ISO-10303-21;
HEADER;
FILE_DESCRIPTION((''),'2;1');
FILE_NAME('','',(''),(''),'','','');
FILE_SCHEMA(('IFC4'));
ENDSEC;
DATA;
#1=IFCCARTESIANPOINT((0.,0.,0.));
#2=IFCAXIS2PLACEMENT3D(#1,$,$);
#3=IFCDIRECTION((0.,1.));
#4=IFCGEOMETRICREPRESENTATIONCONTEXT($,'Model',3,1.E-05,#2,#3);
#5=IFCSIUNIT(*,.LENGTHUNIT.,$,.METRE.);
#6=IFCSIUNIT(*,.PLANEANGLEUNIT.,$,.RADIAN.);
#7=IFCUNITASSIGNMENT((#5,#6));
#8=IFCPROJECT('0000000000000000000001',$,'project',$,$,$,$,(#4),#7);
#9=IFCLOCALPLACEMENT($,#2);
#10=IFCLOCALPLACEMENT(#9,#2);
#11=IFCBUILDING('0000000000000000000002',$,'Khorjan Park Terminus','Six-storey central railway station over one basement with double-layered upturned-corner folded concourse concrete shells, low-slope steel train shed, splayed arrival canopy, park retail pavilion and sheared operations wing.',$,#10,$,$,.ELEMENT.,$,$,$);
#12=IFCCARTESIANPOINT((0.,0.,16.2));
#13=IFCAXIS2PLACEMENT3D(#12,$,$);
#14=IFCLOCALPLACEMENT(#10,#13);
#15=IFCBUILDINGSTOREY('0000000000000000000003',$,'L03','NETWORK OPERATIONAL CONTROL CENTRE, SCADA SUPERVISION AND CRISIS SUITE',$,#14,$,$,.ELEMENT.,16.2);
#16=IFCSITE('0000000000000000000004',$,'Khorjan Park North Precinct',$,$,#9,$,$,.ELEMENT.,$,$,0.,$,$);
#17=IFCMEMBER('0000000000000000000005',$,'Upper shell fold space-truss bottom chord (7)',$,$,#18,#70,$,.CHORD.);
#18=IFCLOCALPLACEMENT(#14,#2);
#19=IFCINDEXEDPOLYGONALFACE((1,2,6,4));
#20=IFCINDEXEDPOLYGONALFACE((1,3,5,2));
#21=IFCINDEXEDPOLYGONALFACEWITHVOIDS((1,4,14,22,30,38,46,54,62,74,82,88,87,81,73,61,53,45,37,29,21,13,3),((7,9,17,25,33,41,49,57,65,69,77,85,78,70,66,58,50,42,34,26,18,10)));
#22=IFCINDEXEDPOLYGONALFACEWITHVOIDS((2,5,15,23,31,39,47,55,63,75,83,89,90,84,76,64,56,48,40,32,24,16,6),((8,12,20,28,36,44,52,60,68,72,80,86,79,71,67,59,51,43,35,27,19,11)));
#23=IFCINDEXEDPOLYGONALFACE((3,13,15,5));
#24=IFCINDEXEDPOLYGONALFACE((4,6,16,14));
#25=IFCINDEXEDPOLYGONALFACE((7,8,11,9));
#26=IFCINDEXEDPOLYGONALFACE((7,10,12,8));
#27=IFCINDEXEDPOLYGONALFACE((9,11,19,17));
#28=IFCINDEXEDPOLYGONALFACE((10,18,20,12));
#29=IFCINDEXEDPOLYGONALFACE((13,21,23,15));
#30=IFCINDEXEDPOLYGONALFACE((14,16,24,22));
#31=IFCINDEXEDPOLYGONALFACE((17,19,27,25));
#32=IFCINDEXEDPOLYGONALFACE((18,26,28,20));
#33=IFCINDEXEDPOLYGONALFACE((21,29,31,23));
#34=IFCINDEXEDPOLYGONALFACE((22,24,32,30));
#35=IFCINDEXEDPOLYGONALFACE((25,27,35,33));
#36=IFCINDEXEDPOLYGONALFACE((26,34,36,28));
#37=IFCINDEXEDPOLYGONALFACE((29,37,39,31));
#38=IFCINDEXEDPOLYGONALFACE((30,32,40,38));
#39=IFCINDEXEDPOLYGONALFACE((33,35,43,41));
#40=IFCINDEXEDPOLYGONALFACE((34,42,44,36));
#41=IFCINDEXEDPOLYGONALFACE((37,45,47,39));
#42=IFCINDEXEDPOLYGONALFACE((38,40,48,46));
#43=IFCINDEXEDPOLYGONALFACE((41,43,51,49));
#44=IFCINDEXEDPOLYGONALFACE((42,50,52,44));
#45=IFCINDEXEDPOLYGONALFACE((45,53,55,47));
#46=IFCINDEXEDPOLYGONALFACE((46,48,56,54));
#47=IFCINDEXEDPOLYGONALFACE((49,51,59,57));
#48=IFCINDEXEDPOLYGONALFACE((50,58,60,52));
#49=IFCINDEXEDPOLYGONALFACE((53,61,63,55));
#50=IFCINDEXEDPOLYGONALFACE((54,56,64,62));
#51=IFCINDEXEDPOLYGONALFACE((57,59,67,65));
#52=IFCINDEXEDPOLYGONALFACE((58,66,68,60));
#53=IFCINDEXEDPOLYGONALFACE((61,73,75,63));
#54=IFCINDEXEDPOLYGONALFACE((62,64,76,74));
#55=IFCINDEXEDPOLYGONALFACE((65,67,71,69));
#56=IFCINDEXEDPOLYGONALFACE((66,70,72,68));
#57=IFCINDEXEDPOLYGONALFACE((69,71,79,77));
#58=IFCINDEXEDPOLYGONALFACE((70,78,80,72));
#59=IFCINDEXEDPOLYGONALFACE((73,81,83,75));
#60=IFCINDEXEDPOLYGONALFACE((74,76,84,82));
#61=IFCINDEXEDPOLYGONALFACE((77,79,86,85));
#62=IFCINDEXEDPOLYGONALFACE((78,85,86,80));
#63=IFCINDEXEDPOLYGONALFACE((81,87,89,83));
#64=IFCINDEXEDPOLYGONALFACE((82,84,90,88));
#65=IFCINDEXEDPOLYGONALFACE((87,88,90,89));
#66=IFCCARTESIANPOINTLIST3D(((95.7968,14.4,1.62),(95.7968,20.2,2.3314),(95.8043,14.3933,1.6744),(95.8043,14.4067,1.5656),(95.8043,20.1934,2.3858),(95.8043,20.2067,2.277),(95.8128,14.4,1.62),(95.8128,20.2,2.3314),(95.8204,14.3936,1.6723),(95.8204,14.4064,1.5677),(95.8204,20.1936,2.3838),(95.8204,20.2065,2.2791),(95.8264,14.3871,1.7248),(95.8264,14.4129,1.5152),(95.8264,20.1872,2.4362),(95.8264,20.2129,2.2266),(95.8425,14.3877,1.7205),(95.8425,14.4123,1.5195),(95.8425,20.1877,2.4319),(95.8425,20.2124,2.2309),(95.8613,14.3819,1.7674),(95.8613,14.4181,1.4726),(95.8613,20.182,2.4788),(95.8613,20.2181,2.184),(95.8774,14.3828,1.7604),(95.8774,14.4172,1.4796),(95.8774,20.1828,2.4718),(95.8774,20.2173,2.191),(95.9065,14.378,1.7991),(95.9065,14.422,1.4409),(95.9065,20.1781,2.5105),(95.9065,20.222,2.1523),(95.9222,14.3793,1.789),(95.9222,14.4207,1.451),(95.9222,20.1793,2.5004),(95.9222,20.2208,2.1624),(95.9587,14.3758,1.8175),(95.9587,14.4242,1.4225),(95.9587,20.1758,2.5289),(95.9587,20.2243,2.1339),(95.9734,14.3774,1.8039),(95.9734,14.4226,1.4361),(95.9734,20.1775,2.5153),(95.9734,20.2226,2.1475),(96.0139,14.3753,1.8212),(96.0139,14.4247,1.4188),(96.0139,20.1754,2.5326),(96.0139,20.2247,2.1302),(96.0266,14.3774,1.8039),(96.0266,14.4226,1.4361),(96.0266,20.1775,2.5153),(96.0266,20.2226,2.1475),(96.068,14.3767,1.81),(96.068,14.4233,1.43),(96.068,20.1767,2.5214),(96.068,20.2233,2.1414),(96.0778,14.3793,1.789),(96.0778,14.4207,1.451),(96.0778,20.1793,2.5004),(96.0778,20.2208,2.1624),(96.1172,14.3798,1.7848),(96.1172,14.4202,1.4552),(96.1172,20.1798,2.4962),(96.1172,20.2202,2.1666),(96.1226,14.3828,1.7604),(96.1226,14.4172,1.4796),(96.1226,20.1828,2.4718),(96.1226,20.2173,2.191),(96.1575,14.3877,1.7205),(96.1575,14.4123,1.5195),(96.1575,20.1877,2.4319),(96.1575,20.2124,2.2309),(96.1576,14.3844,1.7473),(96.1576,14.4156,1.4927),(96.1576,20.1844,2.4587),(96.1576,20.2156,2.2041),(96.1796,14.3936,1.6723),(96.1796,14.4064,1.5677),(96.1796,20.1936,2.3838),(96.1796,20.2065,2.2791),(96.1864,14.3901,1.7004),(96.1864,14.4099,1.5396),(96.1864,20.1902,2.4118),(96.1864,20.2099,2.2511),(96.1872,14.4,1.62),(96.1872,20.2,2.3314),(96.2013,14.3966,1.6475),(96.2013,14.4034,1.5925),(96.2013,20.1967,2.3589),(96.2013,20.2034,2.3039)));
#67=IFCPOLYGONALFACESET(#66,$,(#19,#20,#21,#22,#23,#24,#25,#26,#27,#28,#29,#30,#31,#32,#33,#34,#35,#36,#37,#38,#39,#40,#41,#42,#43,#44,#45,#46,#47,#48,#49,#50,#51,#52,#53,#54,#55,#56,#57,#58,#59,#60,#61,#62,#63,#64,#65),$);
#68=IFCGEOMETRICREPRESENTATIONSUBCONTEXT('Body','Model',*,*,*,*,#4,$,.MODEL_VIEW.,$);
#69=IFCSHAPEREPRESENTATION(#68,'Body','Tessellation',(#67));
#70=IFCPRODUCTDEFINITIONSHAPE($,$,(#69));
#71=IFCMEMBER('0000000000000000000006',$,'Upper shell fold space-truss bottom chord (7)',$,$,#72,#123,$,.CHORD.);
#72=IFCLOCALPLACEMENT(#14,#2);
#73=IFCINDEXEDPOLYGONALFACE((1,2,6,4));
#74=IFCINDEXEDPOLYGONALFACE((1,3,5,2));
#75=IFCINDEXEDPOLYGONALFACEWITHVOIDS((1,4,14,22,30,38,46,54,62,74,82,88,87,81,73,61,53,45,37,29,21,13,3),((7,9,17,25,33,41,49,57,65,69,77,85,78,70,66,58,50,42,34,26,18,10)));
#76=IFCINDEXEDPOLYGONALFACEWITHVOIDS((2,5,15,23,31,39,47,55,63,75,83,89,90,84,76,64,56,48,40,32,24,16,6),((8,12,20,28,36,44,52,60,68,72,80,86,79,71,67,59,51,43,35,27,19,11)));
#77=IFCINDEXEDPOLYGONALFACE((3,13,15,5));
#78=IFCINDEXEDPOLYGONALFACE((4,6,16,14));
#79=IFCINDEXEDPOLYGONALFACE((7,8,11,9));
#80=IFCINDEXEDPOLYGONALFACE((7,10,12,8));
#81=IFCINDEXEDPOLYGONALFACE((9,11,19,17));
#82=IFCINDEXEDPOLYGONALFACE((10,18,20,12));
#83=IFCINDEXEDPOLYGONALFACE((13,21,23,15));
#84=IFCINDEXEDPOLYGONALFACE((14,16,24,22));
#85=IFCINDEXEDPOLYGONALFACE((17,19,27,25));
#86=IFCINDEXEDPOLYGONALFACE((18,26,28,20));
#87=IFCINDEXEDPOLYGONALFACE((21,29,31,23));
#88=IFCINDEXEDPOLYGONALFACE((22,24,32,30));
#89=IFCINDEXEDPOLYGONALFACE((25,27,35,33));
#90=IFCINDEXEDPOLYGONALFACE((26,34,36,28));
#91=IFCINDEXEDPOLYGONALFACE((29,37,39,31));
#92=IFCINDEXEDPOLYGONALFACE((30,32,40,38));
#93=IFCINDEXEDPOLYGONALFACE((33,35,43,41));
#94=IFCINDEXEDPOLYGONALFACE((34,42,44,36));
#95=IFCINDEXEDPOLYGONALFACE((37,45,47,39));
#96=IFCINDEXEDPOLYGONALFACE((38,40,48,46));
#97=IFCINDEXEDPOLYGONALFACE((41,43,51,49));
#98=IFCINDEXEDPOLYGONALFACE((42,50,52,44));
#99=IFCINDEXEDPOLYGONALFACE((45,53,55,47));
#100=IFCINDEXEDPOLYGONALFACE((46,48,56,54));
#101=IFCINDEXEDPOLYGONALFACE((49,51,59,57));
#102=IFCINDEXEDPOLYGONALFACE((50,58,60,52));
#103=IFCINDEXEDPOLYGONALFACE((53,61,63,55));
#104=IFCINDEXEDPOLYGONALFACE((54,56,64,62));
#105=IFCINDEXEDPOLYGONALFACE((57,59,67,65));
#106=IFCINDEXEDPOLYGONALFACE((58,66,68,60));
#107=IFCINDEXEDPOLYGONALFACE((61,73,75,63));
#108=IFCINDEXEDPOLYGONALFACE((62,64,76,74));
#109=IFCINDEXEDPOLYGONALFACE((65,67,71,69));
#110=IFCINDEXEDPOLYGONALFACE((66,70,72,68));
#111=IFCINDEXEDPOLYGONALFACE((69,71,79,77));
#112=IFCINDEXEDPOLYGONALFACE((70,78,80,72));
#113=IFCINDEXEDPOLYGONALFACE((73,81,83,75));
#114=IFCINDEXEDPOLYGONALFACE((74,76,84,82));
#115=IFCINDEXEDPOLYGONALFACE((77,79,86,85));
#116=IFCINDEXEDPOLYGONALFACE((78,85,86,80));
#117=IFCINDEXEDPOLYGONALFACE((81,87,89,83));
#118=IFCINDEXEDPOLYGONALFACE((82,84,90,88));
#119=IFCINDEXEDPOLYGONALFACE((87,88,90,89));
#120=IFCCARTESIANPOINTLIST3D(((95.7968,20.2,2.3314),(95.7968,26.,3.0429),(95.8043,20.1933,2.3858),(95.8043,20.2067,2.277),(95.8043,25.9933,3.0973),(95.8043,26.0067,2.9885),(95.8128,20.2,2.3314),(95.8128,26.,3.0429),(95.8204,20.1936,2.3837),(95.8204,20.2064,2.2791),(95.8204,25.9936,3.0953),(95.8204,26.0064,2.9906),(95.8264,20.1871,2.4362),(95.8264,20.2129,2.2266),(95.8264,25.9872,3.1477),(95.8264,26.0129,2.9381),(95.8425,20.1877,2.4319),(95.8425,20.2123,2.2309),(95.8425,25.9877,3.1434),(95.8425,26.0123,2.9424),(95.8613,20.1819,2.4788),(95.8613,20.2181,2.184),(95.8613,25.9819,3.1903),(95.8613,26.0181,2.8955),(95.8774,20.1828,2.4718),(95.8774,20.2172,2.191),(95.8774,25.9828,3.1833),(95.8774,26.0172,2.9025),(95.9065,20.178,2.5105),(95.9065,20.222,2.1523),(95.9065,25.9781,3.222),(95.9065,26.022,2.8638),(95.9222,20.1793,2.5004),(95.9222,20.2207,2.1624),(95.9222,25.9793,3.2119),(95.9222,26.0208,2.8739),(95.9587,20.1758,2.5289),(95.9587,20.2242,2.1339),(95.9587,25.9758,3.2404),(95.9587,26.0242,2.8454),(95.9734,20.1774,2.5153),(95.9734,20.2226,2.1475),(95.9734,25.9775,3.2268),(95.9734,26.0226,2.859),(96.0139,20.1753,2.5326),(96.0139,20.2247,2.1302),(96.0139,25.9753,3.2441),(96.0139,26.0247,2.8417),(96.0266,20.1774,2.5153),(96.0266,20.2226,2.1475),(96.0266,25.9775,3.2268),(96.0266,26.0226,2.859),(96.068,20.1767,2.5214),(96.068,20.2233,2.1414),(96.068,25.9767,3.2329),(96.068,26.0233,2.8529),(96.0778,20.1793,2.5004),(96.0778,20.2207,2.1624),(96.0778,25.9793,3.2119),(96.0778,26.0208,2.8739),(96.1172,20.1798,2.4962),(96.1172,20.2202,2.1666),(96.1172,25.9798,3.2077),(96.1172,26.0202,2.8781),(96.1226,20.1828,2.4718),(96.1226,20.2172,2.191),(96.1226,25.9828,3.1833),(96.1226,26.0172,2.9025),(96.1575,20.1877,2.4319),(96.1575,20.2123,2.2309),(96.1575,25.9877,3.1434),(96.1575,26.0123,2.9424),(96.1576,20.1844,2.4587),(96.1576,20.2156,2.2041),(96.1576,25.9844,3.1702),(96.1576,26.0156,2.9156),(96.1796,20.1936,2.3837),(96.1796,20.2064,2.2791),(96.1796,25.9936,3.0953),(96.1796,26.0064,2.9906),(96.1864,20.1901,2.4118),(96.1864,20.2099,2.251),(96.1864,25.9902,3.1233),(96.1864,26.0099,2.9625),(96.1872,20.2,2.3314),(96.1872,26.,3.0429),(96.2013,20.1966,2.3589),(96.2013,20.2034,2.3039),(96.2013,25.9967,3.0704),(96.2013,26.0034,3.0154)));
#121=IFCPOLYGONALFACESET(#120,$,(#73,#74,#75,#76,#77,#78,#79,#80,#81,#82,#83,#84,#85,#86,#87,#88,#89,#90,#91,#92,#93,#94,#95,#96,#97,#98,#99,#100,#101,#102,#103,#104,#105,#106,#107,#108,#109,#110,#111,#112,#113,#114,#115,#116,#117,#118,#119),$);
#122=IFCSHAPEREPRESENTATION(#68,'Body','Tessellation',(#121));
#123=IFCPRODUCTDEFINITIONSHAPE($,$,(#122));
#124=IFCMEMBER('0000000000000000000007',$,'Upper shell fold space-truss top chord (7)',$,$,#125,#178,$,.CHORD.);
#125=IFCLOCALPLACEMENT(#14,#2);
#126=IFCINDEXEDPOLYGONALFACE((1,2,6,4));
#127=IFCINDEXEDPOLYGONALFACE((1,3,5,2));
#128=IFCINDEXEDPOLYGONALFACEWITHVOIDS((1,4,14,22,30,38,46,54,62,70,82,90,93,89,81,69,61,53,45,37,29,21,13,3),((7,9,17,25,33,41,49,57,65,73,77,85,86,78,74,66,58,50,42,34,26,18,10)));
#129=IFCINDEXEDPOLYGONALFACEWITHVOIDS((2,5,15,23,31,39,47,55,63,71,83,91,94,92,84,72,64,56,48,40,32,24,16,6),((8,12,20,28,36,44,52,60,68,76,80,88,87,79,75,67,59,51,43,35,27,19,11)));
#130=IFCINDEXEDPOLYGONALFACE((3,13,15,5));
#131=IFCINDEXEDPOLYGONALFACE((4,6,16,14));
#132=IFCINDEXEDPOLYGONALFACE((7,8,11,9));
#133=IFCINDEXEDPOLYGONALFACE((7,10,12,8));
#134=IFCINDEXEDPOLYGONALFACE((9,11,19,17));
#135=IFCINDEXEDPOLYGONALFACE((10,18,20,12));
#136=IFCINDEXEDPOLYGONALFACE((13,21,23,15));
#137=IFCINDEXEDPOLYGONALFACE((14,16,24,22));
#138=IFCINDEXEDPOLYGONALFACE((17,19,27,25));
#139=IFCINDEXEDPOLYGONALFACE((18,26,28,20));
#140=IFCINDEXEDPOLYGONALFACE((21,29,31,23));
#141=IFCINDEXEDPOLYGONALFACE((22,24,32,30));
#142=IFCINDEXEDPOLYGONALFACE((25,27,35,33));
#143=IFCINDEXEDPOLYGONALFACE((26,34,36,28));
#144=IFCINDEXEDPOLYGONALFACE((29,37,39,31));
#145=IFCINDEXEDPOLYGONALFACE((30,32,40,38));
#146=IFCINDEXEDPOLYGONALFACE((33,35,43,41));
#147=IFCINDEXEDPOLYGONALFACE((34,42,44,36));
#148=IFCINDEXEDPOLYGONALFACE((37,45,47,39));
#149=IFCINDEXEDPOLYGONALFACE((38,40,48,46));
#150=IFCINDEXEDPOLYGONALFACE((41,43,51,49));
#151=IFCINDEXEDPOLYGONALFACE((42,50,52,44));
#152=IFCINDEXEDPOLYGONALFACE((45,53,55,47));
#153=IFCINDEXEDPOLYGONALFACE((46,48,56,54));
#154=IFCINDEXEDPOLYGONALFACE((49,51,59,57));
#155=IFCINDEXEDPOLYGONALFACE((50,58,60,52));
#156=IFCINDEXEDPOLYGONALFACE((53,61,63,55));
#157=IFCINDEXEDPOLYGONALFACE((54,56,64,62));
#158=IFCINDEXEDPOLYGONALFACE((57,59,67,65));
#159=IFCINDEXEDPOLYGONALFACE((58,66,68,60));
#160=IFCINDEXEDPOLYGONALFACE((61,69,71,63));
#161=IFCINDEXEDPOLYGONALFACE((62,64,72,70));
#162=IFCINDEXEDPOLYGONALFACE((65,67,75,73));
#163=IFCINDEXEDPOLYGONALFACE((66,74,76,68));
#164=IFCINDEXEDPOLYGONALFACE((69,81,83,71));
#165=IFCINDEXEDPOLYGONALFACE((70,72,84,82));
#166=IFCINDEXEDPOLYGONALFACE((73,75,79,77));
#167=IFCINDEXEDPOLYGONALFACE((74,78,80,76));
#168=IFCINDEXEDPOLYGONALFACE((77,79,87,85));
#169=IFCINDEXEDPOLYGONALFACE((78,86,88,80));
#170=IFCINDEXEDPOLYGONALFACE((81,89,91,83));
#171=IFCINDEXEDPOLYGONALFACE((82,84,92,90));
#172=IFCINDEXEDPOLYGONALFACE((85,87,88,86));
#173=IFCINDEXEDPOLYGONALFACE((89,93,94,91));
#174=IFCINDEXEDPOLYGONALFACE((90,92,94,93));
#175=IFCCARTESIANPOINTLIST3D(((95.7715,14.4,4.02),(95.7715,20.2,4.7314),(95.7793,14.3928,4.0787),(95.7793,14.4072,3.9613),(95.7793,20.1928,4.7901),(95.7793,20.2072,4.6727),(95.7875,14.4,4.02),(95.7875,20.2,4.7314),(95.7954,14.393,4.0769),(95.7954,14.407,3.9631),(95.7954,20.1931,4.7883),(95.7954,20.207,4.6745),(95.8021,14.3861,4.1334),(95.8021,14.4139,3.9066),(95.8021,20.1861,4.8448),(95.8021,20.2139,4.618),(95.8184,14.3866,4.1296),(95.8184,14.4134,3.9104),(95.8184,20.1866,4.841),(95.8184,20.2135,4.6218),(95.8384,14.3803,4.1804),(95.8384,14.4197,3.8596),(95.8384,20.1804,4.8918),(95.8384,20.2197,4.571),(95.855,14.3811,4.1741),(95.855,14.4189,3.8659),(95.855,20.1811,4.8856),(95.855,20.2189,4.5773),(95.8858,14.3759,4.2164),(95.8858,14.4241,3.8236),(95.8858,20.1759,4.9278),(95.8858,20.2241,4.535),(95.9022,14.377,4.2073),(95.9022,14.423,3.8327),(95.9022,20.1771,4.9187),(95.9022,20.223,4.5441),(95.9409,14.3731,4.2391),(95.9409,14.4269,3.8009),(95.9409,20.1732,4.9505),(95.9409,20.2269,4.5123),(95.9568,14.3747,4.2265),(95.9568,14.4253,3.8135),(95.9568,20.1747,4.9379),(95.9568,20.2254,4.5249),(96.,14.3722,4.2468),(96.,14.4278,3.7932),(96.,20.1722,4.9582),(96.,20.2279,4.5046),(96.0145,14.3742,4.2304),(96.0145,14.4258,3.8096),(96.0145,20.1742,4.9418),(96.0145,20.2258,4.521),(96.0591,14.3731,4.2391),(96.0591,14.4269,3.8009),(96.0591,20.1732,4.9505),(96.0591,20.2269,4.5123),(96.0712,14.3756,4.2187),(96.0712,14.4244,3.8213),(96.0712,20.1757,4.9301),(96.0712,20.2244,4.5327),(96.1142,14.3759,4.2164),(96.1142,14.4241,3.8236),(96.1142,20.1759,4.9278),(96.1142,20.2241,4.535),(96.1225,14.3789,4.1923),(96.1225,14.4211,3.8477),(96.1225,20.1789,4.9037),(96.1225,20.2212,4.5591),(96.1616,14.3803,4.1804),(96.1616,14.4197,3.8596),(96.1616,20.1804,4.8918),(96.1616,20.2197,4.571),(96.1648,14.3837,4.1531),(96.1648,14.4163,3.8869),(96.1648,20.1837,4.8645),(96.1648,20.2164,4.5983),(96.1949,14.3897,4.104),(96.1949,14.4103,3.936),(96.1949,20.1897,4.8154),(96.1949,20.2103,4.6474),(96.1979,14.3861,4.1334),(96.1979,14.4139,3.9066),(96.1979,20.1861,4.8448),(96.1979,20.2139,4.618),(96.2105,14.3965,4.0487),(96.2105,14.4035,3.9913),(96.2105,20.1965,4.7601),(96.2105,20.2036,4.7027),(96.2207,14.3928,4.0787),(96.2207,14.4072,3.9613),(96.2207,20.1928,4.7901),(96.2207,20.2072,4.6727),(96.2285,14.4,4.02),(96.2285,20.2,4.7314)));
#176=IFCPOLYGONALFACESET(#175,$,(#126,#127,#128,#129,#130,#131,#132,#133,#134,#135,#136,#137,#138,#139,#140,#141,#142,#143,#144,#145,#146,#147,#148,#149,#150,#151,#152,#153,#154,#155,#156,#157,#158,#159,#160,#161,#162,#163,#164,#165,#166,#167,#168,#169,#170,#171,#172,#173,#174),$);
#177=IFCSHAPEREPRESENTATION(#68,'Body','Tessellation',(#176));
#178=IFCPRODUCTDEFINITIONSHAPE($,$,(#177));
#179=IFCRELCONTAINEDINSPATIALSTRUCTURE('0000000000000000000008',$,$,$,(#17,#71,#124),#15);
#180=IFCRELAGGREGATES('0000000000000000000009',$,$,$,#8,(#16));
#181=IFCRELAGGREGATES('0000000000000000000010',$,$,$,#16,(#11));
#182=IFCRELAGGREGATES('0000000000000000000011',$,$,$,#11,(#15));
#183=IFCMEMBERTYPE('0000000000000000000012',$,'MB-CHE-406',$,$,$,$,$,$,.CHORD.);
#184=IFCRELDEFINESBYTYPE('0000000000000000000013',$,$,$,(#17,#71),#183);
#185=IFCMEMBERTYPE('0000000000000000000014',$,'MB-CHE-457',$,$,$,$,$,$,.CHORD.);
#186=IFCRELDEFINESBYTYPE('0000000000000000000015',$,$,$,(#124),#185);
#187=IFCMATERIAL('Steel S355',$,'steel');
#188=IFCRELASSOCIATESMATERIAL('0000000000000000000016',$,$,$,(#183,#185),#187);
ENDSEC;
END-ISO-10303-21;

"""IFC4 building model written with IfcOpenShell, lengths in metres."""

from ifc_helpers import new_model, si_unit, direction, frame, origin, origin_2d, place, context, subcontext, project, spatial, hollow_circle, extrude, material, material_profile, profile_set, type_object, element, save


model = new_model("IFC4")

# Units and contexts
model_context = context("Model", 3, precision=1e-05, world=origin(), true_north=direction((0.0, 1.0)))
body_context = subcontext(model_context, "Body", "Model", "MODEL_VIEW")
ifc_project = project(units=[si_unit("LENGTHUNIT", "METRE"), si_unit("PLANEANGLEUNIT", "RADIAN")], contexts=[model_context])

# Site, building, storey
site_placement = place(None, origin())
site = spatial("IfcSite", under=ifc_project, at=site_placement, Name="Khorjan Park North Precinct", CompositionType="ELEMENT", RefElevation=0.0)
building_placement = place(site_placement, origin())
building = spatial("IfcBuilding", under=site, at=building_placement, Name="Khorjan Park Terminus", Description="Six-storey central railway station over one basement with double-layered upturned-corner folded concourse concrete shells, low-slope steel train shed, splayed arrival canopy, park retail pavilion and sheared operations wing.", CompositionType="ELEMENT")
storey_placement = place(building_placement, frame((0.0, 0.0, 16.2)))
storey = spatial("IfcBuildingStorey", under=building, at=storey_placement, Name="L03", Description="NETWORK OPERATIONAL CONTROL CENTRE, SCADA SUPERVISION AND CRISIS SUITE", CompositionType="ELEMENT", Elevation=16.2)

# Members
ifc_material_1 = material(Name="Steel S355", Category="steel")
ifc_material_profile_1 = material_profile(ifc_material_1, hollow_circle(Radius=0.2032, WallThickness=0.016, at=origin_2d()), Name="CHS 406.4x16")
ifc_profile_set_1 = profile_set([ifc_material_profile_1], Name="Steel S355")
member_type_1 = type_object("IfcMemberType", Name="MB-CHE-406", PredefinedType="CHORD", material=ifc_profile_set_1)
for number, where, z_axis, x_axis, name in (
    (1, (96.0, 14.4, 1.62), (0.0, 0.992562, 0.121743), (-1.0, 0.0, 0.0), "Upper shell fold space-truss bottom chord (7)"),
    (2, (96.0, 20.2, 2.3314), (0.0, 0.99256, 0.12176), (-1.0, 0.0, 0.0), "Upper shell fold space-truss bottom chord (7)"),
):
    element("IfcMember", number, at=place(storey_placement, frame(where, z_axis=z_axis, x_axis=x_axis)), inside=storey, type_object=member_type_1, Name=name, PredefinedType="CHORD", context=body_context, shape_type="SweptSolid", body=[
        extrude(hollow_circle(Radius=0.2032, WallThickness=0.016, at=origin_2d()), origin(), (0.0, 0.0, 1.0), 5.8435),
    ])
ifc_material_profile_2 = material_profile(ifc_material_1, hollow_circle(Radius=0.2285, WallThickness=0.016, at=origin_2d()), Name="CHS 457x16")
ifc_profile_set_2 = profile_set([ifc_material_profile_2], Name="Steel S355")
member_type_2 = type_object("IfcMemberType", Name="MB-CHE-457", PredefinedType="CHORD", material=ifc_profile_set_2)
for number, where, z_axis, x_axis, name in (
    (3, (96.0, 14.4, 4.02), (0.0, 0.992562, 0.121743), (-1.0, 0.0, 0.0), "Upper shell fold space-truss top chord (7)"),
):
    element("IfcMember", number, at=place(storey_placement, frame(where, z_axis=z_axis, x_axis=x_axis)), inside=storey, type_object=member_type_2, Name=name, PredefinedType="CHORD", context=body_context, shape_type="SweptSolid", body=[
        extrude(hollow_circle(Radius=0.2285, WallThickness=0.016, at=origin_2d()), origin(), (0.0, 0.0, 1.0), 5.8435),
    ])

save(model, "model.ifc")
